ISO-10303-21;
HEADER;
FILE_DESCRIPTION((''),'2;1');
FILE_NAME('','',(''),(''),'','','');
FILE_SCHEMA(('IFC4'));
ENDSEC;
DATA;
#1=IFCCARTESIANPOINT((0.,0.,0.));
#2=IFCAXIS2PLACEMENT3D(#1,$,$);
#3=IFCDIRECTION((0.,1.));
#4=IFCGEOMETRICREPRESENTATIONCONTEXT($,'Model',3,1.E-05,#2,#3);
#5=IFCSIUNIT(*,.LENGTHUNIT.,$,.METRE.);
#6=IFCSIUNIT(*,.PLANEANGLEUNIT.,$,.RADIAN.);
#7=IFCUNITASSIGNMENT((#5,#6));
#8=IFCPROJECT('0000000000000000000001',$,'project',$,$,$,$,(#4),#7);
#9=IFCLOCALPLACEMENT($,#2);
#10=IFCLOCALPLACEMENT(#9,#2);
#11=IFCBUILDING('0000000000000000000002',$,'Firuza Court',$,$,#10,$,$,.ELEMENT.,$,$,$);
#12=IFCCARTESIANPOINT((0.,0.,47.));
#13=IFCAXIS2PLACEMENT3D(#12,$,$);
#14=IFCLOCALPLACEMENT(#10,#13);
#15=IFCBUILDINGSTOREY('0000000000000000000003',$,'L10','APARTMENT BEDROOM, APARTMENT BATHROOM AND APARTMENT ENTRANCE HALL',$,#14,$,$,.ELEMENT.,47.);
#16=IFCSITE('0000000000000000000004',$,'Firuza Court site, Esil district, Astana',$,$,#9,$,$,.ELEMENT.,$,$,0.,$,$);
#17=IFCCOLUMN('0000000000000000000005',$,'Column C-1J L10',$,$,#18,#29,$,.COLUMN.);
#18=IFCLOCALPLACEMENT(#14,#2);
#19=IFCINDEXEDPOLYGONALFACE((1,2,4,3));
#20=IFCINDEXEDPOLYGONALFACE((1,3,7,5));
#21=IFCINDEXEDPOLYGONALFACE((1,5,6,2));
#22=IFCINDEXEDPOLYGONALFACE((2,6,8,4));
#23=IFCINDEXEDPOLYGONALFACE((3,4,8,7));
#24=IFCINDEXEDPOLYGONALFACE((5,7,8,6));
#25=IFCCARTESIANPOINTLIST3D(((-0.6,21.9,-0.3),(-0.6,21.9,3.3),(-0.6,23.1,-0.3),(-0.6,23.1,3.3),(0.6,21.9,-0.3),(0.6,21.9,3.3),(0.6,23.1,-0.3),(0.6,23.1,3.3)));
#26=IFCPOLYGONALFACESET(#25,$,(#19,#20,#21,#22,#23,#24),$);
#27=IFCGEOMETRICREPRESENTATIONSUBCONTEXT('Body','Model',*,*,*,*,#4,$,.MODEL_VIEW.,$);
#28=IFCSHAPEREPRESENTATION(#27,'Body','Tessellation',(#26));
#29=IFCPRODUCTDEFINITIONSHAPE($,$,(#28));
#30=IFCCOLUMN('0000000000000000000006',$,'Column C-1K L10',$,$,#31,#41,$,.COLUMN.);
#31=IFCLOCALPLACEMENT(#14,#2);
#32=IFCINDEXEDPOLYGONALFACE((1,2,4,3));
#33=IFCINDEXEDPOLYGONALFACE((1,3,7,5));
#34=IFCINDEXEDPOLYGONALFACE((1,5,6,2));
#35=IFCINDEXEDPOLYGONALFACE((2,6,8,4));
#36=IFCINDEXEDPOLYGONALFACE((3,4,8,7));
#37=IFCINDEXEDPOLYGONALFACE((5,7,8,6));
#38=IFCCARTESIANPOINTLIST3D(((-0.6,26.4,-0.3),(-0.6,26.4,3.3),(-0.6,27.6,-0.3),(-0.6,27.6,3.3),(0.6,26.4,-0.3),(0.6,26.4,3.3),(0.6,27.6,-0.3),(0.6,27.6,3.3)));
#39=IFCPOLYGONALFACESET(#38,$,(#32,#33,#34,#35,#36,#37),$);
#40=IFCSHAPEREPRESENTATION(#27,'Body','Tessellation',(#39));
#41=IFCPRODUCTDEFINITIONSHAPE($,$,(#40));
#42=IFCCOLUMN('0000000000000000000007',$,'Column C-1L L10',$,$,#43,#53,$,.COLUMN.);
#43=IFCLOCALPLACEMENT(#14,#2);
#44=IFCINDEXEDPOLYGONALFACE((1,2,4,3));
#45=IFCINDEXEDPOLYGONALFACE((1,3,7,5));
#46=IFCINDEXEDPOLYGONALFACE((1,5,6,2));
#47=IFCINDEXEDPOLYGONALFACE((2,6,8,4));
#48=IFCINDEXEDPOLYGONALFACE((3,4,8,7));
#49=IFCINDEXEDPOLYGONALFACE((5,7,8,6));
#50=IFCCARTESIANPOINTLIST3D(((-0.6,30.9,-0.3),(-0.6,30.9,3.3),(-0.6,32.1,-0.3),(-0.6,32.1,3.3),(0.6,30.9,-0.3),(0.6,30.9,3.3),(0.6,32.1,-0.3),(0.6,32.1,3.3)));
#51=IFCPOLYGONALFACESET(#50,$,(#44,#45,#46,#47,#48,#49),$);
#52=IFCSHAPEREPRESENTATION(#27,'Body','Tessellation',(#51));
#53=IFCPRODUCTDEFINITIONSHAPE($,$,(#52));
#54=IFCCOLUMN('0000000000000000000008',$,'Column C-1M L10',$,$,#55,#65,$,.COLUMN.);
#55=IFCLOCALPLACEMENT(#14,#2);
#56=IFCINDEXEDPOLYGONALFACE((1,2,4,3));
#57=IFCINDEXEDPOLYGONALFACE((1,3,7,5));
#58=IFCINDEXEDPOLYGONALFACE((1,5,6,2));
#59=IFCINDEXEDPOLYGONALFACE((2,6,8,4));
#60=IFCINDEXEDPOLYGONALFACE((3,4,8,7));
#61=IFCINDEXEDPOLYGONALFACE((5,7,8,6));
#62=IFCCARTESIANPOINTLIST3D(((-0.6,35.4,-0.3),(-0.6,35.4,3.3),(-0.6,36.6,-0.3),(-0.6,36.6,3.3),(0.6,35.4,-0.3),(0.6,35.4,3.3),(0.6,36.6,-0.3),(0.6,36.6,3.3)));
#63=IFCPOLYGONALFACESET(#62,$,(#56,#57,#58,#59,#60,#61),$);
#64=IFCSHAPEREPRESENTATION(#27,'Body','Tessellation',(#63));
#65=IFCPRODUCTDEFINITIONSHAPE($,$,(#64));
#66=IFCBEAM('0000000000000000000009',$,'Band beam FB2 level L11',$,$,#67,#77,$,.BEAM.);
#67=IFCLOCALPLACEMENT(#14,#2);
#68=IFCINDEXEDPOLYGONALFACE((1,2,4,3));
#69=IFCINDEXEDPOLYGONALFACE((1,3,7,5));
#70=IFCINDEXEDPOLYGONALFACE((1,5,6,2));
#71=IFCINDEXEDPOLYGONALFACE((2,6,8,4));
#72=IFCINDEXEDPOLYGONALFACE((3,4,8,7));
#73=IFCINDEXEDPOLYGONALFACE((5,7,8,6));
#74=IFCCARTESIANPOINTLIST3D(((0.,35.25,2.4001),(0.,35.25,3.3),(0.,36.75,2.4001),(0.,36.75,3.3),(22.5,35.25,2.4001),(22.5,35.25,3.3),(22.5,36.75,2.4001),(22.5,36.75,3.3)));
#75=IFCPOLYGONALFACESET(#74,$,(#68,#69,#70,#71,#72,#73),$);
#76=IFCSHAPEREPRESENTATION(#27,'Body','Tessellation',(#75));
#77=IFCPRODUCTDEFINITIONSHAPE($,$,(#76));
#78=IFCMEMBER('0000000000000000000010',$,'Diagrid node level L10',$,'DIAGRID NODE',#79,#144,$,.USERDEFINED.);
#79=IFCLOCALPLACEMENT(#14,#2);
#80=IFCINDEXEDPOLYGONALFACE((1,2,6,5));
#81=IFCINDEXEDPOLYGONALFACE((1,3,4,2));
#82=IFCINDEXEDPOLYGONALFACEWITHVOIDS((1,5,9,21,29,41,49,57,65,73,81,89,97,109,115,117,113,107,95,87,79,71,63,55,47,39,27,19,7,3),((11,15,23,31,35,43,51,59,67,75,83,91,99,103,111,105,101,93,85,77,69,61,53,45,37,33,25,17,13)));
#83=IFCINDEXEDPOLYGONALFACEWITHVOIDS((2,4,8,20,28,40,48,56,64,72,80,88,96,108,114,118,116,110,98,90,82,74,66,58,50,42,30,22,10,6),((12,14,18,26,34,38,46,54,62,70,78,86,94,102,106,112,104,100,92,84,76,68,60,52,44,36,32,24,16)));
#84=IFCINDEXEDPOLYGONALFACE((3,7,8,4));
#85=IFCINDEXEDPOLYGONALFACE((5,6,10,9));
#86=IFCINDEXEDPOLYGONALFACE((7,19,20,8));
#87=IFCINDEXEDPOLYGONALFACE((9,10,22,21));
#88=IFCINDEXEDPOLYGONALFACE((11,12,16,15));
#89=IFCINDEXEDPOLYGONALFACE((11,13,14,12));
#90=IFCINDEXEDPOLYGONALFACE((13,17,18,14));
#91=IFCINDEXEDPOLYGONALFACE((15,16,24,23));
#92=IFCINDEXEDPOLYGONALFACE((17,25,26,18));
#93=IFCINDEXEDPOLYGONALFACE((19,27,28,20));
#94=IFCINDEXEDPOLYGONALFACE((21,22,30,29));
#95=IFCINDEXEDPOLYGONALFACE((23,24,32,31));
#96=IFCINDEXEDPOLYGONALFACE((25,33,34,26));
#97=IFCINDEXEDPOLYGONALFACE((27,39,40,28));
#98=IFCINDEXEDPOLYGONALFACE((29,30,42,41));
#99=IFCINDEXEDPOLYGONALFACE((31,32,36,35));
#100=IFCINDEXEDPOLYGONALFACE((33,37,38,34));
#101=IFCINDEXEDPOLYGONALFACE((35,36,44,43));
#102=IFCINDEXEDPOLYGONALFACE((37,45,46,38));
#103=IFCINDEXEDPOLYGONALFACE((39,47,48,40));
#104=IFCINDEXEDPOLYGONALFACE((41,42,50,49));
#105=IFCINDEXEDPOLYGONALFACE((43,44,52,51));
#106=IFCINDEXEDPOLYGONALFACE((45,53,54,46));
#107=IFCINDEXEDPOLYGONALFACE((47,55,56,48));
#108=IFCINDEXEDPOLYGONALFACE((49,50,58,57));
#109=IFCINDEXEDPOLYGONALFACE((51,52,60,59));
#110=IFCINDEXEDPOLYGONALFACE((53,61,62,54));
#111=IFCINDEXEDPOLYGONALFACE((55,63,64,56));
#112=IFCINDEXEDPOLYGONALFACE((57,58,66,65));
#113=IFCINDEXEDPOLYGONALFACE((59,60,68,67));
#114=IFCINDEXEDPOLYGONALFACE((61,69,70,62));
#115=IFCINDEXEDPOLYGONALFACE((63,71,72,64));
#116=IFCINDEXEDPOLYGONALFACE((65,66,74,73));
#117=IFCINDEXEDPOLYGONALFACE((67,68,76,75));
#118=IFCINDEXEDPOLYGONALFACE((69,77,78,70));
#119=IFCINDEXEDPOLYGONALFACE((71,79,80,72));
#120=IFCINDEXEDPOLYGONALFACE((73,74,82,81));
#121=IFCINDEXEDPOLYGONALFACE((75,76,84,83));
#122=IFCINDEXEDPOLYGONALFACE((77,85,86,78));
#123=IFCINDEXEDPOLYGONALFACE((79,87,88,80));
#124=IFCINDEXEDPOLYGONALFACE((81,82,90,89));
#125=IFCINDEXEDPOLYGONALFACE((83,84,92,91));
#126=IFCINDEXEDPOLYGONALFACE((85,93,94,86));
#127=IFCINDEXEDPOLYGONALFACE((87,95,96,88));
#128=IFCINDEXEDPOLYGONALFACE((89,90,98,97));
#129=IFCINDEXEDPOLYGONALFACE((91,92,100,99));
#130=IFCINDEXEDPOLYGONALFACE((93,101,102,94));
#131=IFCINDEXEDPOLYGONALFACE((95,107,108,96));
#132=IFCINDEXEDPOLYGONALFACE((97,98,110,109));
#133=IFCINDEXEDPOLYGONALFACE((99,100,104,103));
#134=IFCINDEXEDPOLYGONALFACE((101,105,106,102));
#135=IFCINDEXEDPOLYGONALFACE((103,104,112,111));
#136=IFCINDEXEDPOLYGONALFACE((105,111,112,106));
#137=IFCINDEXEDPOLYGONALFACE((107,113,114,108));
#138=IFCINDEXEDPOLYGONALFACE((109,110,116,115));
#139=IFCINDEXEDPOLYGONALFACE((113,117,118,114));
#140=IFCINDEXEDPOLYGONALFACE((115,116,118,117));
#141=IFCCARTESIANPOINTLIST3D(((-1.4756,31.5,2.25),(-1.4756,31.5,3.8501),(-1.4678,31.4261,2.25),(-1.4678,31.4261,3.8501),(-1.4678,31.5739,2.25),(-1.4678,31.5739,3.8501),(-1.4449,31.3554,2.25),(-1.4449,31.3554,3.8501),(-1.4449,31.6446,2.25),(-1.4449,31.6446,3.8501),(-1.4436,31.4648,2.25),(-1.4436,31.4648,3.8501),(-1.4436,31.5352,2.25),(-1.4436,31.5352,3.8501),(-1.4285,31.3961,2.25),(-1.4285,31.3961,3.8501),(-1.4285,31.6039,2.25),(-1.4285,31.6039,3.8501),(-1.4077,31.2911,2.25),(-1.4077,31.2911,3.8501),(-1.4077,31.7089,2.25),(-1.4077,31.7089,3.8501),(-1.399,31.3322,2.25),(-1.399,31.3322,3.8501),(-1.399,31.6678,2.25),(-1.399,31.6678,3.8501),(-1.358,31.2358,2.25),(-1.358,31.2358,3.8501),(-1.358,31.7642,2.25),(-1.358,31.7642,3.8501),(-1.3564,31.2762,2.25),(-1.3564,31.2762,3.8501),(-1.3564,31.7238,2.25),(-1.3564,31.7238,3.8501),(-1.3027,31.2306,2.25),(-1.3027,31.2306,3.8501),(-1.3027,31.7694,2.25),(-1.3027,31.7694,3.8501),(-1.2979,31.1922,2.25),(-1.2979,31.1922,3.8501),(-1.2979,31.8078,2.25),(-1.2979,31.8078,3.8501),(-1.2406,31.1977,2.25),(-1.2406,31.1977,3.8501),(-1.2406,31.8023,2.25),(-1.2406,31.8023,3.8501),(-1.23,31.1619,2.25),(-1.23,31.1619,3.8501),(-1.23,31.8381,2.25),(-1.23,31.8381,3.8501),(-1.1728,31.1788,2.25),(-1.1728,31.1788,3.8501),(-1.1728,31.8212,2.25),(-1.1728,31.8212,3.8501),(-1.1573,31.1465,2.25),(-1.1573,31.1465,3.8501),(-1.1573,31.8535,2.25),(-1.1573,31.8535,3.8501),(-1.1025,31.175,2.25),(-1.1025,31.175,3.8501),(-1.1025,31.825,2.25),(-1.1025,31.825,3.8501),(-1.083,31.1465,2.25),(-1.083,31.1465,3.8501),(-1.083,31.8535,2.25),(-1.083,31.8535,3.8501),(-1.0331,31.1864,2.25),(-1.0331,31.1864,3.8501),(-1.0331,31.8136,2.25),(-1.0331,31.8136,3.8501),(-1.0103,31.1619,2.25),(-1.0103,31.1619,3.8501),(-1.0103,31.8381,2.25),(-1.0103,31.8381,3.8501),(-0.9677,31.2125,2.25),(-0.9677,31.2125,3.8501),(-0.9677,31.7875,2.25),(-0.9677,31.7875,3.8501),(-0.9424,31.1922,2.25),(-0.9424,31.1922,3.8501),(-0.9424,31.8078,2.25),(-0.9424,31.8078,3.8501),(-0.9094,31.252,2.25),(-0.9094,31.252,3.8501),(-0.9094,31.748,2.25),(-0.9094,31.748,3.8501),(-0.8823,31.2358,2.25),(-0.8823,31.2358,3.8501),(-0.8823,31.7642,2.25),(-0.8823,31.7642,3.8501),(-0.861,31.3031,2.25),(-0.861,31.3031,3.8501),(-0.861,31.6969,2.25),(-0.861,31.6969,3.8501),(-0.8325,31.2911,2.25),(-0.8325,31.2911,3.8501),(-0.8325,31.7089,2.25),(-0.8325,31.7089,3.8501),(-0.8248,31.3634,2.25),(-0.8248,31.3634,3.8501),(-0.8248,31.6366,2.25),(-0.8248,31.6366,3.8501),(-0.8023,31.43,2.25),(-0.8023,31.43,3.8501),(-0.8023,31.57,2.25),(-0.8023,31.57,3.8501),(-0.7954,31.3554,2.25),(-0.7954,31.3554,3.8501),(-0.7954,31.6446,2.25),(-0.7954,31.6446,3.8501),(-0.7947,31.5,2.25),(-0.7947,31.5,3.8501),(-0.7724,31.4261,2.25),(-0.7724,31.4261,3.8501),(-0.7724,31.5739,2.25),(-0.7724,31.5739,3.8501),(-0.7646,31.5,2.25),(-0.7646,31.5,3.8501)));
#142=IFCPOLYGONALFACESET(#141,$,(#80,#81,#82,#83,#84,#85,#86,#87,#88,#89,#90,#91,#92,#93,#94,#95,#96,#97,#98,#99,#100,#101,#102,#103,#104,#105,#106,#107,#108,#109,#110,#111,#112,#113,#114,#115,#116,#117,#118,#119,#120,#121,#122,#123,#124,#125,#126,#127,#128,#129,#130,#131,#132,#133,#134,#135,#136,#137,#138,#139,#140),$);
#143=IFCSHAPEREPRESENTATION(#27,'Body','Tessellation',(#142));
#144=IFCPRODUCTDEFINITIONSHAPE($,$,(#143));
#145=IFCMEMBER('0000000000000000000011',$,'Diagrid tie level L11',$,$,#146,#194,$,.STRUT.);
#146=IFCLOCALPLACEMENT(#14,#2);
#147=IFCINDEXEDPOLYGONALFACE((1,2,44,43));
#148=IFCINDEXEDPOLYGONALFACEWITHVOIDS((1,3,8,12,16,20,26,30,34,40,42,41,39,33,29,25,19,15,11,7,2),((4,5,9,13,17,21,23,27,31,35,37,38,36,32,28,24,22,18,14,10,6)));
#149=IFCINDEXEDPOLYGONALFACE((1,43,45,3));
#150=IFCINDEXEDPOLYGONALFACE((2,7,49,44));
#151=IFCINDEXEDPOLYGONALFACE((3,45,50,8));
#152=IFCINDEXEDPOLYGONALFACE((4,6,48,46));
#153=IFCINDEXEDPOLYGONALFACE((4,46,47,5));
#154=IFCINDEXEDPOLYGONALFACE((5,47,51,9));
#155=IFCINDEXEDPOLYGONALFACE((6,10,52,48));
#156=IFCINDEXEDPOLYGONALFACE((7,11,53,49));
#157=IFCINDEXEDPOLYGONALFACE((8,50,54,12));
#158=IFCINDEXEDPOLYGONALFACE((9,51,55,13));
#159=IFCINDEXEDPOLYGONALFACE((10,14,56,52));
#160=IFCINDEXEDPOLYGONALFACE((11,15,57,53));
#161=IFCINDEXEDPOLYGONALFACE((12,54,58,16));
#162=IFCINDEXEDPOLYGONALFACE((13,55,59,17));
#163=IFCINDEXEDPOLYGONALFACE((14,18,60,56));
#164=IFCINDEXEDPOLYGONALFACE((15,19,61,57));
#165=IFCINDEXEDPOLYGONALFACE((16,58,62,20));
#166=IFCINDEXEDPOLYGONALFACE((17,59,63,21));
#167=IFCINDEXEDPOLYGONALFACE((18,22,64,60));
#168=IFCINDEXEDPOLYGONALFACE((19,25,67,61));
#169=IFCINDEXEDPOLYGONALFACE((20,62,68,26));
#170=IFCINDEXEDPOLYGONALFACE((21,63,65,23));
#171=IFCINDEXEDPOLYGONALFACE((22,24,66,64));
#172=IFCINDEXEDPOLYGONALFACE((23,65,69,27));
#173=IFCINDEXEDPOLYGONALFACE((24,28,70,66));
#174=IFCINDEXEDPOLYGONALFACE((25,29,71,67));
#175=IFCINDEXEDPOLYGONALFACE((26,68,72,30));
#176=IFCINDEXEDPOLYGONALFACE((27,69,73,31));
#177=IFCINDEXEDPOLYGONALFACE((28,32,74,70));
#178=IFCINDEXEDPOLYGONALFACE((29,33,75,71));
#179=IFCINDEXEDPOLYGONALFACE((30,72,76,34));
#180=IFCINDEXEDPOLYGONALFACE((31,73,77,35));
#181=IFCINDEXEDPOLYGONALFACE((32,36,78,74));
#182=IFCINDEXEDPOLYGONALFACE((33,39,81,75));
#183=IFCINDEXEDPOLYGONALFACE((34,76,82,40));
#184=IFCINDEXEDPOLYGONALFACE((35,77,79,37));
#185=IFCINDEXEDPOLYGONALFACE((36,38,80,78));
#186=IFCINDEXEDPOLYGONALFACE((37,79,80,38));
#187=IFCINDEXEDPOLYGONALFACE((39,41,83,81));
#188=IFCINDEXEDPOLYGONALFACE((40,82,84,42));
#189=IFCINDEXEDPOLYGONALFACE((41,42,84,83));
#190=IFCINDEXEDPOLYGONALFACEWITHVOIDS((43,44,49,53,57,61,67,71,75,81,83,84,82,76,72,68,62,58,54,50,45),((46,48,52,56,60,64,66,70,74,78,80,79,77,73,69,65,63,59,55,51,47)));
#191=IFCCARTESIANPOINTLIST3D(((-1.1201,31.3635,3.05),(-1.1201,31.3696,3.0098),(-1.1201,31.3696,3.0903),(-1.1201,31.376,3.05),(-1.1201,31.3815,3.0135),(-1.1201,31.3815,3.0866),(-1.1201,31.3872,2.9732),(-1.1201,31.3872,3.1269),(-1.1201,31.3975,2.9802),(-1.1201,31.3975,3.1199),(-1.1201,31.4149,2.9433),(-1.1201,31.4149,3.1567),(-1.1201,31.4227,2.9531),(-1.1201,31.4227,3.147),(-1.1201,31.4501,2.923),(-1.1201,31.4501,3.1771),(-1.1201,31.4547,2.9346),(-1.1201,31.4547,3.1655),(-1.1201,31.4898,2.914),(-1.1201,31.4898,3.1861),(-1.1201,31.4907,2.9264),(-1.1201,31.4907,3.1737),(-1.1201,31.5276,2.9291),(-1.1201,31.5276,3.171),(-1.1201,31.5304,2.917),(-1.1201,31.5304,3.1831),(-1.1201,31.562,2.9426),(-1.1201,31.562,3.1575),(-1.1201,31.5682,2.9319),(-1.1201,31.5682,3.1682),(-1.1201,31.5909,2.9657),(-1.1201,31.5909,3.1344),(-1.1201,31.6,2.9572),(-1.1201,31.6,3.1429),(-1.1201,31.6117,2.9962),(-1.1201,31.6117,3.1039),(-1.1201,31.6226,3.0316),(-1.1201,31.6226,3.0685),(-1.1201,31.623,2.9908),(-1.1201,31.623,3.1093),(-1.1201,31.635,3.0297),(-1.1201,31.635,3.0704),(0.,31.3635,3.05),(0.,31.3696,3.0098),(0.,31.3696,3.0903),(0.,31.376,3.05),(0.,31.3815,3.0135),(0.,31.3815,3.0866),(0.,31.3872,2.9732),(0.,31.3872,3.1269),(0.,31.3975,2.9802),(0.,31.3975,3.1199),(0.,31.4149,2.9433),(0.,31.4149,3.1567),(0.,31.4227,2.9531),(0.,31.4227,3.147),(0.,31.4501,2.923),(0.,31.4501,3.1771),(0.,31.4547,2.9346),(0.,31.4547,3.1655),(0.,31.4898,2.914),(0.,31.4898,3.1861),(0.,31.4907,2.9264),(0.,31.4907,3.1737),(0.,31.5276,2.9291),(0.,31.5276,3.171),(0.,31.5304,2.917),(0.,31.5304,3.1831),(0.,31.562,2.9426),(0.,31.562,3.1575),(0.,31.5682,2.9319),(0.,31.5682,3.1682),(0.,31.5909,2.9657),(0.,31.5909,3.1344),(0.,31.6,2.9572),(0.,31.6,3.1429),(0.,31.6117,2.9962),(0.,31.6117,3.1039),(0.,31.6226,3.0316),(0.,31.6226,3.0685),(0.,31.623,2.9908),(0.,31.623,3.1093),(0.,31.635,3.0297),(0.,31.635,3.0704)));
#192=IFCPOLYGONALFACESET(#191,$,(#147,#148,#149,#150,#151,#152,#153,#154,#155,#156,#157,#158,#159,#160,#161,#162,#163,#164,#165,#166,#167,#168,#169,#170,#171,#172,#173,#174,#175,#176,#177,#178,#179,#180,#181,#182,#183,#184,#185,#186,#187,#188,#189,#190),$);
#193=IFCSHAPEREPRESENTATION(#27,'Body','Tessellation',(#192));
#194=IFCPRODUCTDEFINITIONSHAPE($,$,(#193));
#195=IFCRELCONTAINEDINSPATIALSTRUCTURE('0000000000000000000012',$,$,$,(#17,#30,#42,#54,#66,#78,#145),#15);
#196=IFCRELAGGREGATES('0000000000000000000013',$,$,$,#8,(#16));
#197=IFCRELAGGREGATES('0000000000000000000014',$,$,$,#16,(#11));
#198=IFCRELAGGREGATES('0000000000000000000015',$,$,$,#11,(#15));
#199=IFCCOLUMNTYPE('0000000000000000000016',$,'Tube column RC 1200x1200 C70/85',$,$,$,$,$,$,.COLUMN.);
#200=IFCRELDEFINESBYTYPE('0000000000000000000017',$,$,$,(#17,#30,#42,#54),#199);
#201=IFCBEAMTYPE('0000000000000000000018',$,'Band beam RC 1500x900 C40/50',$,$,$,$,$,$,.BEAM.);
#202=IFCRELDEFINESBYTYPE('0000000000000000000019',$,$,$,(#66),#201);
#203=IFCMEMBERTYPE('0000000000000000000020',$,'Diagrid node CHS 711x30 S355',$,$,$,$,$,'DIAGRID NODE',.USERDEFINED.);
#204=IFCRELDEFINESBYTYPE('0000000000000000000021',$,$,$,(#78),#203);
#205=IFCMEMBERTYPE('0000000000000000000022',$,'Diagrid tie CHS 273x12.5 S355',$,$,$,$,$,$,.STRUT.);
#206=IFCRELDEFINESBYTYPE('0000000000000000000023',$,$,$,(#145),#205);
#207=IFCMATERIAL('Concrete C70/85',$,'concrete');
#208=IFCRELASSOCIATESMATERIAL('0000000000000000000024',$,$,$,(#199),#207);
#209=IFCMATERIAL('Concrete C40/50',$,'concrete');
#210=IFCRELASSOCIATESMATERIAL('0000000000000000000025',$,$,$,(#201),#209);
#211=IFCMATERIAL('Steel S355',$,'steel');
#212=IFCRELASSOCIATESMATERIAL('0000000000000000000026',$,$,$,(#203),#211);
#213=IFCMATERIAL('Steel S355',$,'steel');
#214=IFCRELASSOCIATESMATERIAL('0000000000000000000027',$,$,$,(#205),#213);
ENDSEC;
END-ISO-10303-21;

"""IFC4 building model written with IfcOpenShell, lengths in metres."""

from ifc_helpers import new_model, si_unit, direction, frame, origin, origin_2d, place, context, subcontext, project, spatial, rectangle, hollow_circle, extrude, material, material_profile, profile_set, type_object, element, save


model = new_model("IFC4")

# Units and contexts
model_context = context("Model", 3, precision=1e-05, world=origin(), true_north=direction((0.0, 1.0)))
body_context = subcontext(model_context, "Body", "Model", "MODEL_VIEW")
ifc_project = project(units=[si_unit("LENGTHUNIT", "METRE"), si_unit("PLANEANGLEUNIT", "RADIAN")], contexts=[model_context])

# Site, building, storey
site_placement = place(None, origin())
site = spatial("IfcSite", under=ifc_project, at=site_placement, Name="Firuza Court site, Esil district, Astana", CompositionType="ELEMENT", RefElevation=0.0)
building_placement = place(site_placement, origin())
building = spatial("IfcBuilding", under=site, at=building_placement, Name="Firuza Court", CompositionType="ELEMENT")
storey_placement = place(building_placement, frame((0.0, 0.0, 47.0)))
storey = spatial("IfcBuildingStorey", under=building, at=storey_placement, Name="L10", Description="APARTMENT BEDROOM, APARTMENT BATHROOM AND APARTMENT ENTRANCE HALL", CompositionType="ELEMENT", Elevation=47.0)

# Columns
ifc_material_1 = material(Name="Concrete C70/85", Category="concrete")
ifc_material_profile_1 = material_profile(ifc_material_1, rectangle(XDim=1.2, YDim=1.2, at=origin_2d()), Name="RC 1200x1200")
ifc_profile_set_1 = profile_set([ifc_material_profile_1], Name="Concrete C70/85")
column_type = type_object("IfcColumnType", Name="Tube column RC 1200x1200 C70/85", PredefinedType="COLUMN", material=ifc_profile_set_1)
for number, where, z_axis, x_axis, name in (
    (1, (0.0, 22.5, -0.3), (0.0, 0.0, 1.0), (1.0, 0.0, 0.0), "Column C-1J L10"),
    (2, (0.0, 27.0, -0.3), (0.0, 0.0, 1.0), (1.0, 0.0, 0.0), "Column C-1K L10"),
    (3, (0.0, 31.5, -0.3), (0.0, 0.0, 1.0), (1.0, 0.0, 0.0), "Column C-1L L10"),
    (4, (0.0, 36.0, -0.3), (0.0, 0.0, 1.0), (1.0, 0.0, 0.0), "Column C-1M L10"),
):
    element("IfcColumn", number, at=place(storey_placement, frame(where, z_axis=z_axis, x_axis=x_axis)), inside=storey, type_object=column_type, Name=name, PredefinedType="COLUMN", context=body_context, shape_type="SweptSolid", body=[
        extrude(rectangle(XDim=1.2, YDim=1.2, at=origin_2d()), origin(), (0.0, 0.0, 1.0), 3.6001),
    ])

# Beam
ifc_material_2 = material(Name="Concrete C40/50", Category="concrete")
ifc_material_profile_2 = material_profile(ifc_material_2, rectangle(XDim=1.5, YDim=0.8999, at=origin_2d()), Name="RC 1500x900")
ifc_profile_set_2 = profile_set([ifc_material_profile_2], Name="Concrete C40/50")
beam_type_1 = type_object("IfcBeamType", Name="Band beam RC 1500x900 C40/50", PredefinedType="BEAM", material=ifc_profile_set_2)
beam_placement = place(storey_placement, frame((0.0, 36.0, 2.8501), z_axis=(1.0, 0.0, 0.0), x_axis=(0.0, 1.0, 0.0)))
element("IfcBeam", 5, at=beam_placement, inside=storey, type_object=beam_type_1, Name="Band beam FB2 level L11", PredefinedType="BEAM", context=body_context, shape_type="SweptSolid", body=[
    extrude(rectangle(XDim=1.5, YDim=0.8999, at=origin_2d()), origin(), (0.0, 0.0, 1.0), 22.5),
])

# Members
ifc_material_3 = material(Name="Steel S355", Category="steel")
ifc_material_profile_3 = material_profile(ifc_material_3, hollow_circle(Radius=0.3555, WallThickness=0.03, at=origin_2d()), Name="CHS 711x30")
ifc_profile_set_3 = profile_set([ifc_material_profile_3], Name="Steel S355")
member_type_1 = type_object("IfcMemberType", Name="Diagrid node CHS 711x30 S355", ElementType="DIAGRID NODE", PredefinedType="USERDEFINED", material=ifc_profile_set_3)
member_1_placement = place(storey_placement, frame((-1.1201, 31.5, 2.25), z_axis=(0.0, 0.0, 1.0), x_axis=(1.0, 0.0, 0.0)))
element("IfcMember", 6, at=member_1_placement, inside=storey, type_object=member_type_1, Name="Diagrid node level L10", ObjectType="DIAGRID NODE", PredefinedType="USERDEFINED", context=body_context, shape_type="SweptSolid", body=[
    extrude(hollow_circle(Radius=0.3555, WallThickness=0.03, at=origin_2d()), origin(), (0.0, 0.0, 1.0), 1.6001),
])
ifc_material_4 = material(Name="Steel S355", Category="steel")
ifc_material_profile_4 = material_profile(ifc_material_4, hollow_circle(Radius=0.1365, WallThickness=0.0125, at=origin_2d()), Name="CHS 273x12.5")
ifc_profile_set_4 = profile_set([ifc_material_profile_4], Name="Steel S355")
member_type_2 = type_object("IfcMemberType", Name="Diagrid tie CHS 273x12.5 S355", PredefinedType="STRUT", material=ifc_profile_set_4)
member_2_placement = place(storey_placement, frame((0.0, 31.5, 3.05), z_axis=(-1.0, 0.0, 0.0), x_axis=(0.0, -1.0, 0.0)))
element("IfcMember", 7, at=member_2_placement, inside=storey, type_object=member_type_2, Name="Diagrid tie level L11", PredefinedType="STRUT", context=body_context, shape_type="SweptSolid", body=[
    extrude(hollow_circle(Radius=0.1365, WallThickness=0.0125, at=origin_2d()), origin(), (0.0, 0.0, 1.0), 1.1201),
])

save(model, "model.ifc")
